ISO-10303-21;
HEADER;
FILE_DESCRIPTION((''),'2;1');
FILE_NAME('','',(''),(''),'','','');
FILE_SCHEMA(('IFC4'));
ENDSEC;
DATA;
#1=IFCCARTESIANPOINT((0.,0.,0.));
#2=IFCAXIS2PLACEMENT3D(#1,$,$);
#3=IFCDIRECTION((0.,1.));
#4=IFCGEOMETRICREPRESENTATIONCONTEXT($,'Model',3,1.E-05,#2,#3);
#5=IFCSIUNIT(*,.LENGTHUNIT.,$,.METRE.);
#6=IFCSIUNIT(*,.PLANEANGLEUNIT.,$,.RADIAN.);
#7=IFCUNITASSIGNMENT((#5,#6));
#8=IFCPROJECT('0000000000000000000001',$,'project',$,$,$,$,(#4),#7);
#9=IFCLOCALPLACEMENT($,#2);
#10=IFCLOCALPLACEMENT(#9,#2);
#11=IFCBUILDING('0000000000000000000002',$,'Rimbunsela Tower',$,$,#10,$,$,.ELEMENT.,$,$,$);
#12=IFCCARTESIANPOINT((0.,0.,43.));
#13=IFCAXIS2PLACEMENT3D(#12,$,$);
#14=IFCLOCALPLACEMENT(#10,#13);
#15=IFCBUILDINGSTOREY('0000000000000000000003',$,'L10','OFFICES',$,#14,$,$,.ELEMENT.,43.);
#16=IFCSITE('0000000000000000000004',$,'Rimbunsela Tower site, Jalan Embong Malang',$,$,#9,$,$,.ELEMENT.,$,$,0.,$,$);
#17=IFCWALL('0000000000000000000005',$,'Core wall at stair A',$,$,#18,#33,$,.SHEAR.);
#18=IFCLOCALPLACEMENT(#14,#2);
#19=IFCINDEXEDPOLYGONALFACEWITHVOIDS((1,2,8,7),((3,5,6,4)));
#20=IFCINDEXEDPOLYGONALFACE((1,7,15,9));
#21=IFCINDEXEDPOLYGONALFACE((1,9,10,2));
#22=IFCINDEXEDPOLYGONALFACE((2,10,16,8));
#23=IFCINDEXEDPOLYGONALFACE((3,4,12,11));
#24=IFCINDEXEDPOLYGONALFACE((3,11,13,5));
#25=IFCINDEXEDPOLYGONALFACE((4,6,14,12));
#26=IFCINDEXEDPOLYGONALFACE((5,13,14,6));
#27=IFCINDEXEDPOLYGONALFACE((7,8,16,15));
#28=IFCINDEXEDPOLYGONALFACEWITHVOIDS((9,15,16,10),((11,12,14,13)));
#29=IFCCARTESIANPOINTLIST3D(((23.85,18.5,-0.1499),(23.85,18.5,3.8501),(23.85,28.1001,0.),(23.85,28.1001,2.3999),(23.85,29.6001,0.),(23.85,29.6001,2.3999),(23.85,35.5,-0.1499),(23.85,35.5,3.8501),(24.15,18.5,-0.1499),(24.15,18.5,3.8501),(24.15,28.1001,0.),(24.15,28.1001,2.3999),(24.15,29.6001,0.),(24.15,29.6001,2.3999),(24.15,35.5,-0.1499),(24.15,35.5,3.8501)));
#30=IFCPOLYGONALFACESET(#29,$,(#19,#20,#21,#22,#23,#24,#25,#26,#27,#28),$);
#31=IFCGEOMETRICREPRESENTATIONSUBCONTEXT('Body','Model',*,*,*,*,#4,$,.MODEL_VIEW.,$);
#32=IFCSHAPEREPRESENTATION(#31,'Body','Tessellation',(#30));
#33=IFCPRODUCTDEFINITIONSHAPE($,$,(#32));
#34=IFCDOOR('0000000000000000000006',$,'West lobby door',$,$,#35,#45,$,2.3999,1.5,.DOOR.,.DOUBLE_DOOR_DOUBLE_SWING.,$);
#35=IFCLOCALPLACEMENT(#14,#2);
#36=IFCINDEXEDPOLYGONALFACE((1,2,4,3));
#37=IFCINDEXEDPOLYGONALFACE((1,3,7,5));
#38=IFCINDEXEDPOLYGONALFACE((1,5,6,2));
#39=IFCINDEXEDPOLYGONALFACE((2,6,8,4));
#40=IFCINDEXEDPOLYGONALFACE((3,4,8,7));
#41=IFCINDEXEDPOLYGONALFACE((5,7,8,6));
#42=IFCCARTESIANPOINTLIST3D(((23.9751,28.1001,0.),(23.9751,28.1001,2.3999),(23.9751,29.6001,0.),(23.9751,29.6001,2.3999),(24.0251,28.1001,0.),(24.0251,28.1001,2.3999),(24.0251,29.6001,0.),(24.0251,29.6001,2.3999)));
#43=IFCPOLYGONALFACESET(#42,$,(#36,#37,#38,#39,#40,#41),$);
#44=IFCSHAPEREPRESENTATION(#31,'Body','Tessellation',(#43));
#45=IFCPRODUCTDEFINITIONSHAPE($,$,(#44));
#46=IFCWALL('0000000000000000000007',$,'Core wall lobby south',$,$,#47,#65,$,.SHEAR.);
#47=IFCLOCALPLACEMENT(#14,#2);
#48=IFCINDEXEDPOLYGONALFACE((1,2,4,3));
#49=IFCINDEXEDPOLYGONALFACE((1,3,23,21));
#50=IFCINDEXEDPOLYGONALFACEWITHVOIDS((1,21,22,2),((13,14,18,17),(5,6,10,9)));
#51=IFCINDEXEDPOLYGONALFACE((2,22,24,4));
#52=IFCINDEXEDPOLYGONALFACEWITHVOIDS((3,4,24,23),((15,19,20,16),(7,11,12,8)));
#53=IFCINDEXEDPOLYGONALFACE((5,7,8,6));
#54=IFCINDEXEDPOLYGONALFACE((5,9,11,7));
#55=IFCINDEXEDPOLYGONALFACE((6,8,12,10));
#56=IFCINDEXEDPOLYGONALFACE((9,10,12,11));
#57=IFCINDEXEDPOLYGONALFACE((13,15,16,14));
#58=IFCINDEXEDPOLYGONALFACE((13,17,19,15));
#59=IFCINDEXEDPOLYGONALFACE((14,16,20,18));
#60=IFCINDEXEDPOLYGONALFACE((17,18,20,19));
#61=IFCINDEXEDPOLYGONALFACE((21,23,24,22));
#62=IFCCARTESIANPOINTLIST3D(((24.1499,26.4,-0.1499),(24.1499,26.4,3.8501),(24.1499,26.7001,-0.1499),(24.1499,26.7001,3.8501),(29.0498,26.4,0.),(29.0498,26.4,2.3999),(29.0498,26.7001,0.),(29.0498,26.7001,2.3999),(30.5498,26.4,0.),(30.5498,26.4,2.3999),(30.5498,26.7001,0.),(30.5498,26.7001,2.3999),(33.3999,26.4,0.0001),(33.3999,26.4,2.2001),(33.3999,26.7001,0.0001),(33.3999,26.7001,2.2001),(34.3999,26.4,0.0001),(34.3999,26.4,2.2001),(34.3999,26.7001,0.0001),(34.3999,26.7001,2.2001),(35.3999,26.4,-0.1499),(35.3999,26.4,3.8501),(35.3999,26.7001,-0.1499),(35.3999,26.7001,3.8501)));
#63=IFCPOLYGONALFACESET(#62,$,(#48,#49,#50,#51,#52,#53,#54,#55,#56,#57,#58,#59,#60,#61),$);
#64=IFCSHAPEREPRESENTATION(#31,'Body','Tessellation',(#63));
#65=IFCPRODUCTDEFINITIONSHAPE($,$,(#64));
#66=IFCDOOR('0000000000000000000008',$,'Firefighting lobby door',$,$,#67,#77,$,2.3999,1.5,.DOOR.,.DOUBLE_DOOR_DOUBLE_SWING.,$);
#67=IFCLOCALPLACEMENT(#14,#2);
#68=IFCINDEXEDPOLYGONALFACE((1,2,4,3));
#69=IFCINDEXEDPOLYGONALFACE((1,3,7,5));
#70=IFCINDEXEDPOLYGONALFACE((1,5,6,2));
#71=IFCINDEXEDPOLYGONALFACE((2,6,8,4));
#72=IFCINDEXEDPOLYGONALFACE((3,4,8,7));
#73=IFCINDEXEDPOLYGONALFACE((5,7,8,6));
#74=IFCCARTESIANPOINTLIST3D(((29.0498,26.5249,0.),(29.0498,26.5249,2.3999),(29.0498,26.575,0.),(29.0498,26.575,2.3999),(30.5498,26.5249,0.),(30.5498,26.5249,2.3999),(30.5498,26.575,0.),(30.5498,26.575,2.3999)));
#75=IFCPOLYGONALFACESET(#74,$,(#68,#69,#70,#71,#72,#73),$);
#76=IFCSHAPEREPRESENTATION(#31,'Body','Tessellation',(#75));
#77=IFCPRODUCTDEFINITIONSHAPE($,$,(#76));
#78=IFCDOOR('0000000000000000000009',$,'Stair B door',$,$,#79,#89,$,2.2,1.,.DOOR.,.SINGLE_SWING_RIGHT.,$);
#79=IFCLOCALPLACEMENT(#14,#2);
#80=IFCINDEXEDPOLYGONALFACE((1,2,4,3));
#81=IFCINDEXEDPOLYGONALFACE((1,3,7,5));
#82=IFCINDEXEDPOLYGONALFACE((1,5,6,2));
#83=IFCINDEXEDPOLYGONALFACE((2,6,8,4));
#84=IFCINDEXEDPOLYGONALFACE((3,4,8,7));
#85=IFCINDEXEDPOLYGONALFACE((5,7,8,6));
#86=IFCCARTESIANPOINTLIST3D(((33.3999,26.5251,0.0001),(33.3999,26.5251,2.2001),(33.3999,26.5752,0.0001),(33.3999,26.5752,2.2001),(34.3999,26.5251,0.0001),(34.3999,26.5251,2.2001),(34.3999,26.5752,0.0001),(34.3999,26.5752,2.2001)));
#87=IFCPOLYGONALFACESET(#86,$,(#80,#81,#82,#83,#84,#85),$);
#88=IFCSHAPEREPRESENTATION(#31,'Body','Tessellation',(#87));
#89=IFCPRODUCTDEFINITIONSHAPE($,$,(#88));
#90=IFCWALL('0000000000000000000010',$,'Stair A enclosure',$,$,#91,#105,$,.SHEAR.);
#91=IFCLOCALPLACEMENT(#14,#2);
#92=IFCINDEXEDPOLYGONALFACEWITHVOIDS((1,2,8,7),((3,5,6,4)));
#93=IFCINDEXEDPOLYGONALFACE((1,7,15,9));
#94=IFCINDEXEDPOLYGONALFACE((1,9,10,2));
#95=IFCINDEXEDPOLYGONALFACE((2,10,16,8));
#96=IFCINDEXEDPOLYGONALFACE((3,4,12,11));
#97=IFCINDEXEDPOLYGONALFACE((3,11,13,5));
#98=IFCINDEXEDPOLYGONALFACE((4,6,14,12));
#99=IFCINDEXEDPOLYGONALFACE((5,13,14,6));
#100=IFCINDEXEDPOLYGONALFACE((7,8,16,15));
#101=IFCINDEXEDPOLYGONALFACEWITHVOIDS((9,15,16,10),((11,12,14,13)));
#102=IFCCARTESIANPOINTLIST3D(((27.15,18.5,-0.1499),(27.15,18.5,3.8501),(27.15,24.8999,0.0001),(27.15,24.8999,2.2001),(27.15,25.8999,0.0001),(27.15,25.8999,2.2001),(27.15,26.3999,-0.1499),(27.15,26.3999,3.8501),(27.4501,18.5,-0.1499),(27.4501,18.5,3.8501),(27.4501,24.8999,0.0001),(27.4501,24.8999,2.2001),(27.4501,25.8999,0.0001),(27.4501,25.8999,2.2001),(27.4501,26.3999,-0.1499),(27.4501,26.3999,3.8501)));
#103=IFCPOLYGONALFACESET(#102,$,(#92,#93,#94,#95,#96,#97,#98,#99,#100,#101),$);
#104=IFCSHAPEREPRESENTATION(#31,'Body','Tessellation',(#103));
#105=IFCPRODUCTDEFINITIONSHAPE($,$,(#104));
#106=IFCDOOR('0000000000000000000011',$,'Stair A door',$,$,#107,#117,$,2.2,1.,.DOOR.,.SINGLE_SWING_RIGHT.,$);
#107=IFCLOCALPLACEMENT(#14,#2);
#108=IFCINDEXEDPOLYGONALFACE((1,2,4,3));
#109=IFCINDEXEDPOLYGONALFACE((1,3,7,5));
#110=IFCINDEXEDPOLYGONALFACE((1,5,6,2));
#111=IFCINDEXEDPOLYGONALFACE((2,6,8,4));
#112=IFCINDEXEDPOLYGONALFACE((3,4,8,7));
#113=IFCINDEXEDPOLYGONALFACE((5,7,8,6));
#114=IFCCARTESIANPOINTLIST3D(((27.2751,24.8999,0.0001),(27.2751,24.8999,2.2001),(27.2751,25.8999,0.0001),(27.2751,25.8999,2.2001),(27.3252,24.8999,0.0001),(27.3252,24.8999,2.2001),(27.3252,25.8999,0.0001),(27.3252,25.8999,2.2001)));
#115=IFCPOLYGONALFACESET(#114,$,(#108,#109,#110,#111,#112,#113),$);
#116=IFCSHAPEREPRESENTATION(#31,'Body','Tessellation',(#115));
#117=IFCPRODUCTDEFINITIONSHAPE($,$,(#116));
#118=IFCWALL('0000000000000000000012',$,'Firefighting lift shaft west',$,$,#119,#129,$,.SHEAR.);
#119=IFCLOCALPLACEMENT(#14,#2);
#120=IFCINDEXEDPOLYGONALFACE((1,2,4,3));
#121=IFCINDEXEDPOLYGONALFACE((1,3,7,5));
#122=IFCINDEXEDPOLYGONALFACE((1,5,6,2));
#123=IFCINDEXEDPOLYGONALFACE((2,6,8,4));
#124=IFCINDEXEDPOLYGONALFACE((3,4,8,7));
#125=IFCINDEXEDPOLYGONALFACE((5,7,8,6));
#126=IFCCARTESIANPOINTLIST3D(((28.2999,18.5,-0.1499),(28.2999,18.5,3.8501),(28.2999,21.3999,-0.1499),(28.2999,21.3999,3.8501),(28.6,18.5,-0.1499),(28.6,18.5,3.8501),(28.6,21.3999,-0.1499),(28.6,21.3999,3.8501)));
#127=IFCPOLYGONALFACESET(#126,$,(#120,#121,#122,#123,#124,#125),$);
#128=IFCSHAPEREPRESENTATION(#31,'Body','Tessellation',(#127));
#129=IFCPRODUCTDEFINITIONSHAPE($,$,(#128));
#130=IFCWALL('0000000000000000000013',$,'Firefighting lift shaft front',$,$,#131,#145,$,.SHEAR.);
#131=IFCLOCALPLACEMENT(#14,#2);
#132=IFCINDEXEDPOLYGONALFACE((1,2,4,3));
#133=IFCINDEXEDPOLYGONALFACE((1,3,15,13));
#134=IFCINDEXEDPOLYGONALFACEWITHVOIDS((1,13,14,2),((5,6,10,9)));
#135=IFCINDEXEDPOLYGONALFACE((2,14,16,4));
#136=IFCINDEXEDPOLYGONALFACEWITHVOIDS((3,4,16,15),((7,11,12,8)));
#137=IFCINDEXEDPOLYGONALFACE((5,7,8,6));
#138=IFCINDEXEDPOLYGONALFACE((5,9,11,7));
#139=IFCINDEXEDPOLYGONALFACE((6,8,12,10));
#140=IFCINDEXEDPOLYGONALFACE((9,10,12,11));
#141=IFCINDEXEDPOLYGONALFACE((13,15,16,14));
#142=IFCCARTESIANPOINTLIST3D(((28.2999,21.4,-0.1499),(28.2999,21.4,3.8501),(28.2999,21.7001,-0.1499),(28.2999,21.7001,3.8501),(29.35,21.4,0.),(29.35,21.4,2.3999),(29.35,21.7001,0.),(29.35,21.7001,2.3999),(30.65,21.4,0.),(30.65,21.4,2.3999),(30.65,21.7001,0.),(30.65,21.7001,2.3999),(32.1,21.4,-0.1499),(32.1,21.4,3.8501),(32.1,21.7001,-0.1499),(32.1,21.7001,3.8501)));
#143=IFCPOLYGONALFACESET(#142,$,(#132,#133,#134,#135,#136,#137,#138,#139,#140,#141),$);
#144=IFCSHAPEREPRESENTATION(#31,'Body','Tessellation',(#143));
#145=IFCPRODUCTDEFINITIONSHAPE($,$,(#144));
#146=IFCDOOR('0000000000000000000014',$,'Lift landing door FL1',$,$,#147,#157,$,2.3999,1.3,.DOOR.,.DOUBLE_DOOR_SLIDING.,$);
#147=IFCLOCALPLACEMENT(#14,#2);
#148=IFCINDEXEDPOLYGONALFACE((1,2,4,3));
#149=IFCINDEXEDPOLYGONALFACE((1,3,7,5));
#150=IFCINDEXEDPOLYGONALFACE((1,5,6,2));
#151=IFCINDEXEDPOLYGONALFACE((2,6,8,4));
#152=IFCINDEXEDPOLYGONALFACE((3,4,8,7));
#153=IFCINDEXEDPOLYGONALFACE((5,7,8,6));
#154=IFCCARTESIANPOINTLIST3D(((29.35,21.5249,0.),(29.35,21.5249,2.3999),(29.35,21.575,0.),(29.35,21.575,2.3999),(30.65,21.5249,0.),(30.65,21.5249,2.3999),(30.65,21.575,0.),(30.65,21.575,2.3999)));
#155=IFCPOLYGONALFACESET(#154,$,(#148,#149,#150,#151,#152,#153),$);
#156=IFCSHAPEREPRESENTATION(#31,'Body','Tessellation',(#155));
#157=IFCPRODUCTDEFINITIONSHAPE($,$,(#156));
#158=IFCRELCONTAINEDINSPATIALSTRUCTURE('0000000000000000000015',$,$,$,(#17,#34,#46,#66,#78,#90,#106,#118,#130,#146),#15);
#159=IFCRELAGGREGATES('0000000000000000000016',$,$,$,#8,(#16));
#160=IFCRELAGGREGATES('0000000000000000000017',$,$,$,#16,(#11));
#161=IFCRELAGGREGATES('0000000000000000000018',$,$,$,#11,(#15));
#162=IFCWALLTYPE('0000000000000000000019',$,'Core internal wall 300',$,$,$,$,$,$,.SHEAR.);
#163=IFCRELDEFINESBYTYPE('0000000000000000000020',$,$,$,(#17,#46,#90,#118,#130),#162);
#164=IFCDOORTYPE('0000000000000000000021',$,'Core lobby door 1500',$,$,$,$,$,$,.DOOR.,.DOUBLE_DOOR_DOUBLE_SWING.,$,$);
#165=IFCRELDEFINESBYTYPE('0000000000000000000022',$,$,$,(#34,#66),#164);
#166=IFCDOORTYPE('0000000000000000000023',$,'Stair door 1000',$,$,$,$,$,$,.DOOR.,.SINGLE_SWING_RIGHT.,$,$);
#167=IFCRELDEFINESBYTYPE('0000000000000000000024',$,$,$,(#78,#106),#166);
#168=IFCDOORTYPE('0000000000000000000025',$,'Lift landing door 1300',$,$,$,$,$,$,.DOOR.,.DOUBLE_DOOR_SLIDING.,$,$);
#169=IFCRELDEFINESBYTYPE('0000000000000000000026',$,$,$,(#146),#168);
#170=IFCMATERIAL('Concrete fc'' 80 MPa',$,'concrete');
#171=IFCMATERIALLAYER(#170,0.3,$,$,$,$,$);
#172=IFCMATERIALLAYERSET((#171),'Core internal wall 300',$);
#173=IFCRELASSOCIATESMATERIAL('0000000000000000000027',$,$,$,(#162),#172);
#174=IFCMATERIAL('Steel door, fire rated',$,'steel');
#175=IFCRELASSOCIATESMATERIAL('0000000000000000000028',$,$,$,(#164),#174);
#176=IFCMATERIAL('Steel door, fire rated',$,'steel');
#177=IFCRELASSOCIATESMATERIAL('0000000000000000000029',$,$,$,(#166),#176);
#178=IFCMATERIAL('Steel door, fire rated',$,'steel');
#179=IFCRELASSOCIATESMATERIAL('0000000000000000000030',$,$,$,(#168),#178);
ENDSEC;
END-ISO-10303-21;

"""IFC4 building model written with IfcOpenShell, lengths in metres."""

from ifc_helpers import new_model, si_unit, direction, frame, frame_2d, origin, place, context, subcontext, project, spatial, rectangle, extrude, material, layer, layer_set, type_object, element, fill, save


model = new_model("IFC4")

# Units and contexts
model_context = context("Model", 3, precision=1e-05, world=origin(), true_north=direction((0.0, 1.0)))
body_context = subcontext(model_context, "Body", "Model", "MODEL_VIEW")
ifc_project = project(units=[si_unit("LENGTHUNIT", "METRE"), si_unit("PLANEANGLEUNIT", "RADIAN")], contexts=[model_context])

# Site, building, storey
site_placement = place(None, origin())
site = spatial("IfcSite", under=ifc_project, at=site_placement, Name="Rimbunsela Tower site, Jalan Embong Malang", CompositionType="ELEMENT", RefElevation=0.0)
building_placement = place(site_placement, origin())
building = spatial("IfcBuilding", under=site, at=building_placement, Name="Rimbunsela Tower", CompositionType="ELEMENT")
storey_placement = place(building_placement, frame((0.0, 0.0, 43.0)))
storey = spatial("IfcBuildingStorey", under=building, at=storey_placement, Name="L10", Description="OFFICES", CompositionType="ELEMENT", Elevation=43.0)

# Wall, opening, door
ifc_material_1 = material(Name="Concrete fc' 80 MPa", Category="concrete")
ifc_layer_1 = layer(ifc_material_1, 0.3)
ifc_layer_set_1 = layer_set([ifc_layer_1], Name="Core internal wall 300")
wall_type_1 = type_object("IfcWallType", Name="Core internal wall 300", PredefinedType="SHEAR", material=ifc_layer_set_1)
wall_1_placement = place(storey_placement, frame((24.0, 18.5, -0.1499), z_axis=(0.0, 0.0, 1.0), x_axis=(0.0, 1.0, 0.0)))
wall_1 = element("IfcWall", 1, at=wall_1_placement, inside=storey, type_object=wall_type_1, Name="Core wall at stair A", PredefinedType="SHEAR", context=body_context, shape_type="SweptSolid", body=[
    extrude(rectangle(XDim=17.0, YDim=0.3, at=frame_2d((8.5, 0.0))), origin(), (0.0, 0.0, 1.0), 4.0),
])
opening_1_placement = place(wall_1_placement, frame((9.6001, 0.0, 0.1499)))
opening_1 = element("IfcOpeningElement", 2, at=opening_1_placement, cuts=wall_1, PredefinedType="OPENING", context=body_context, shape_type="SweptSolid", body=[
    extrude(rectangle(XDim=1.5, YDim=2.3999, at=frame_2d((0.75, 1.2))), frame((0.0, 0.1599, 0.0), z_axis=(0.0, -1.0, 0.0), x_axis=(1.0, 0.0, 0.0)), (0.0, 0.0, 1.0), 0.3201),
])
ifc_material_2 = material(Name="Steel door, fire rated", Category="steel")
door_type_1 = type_object("IfcDoorType", Name="Core lobby door 1500", OperationType="DOUBLE_DOOR_DOUBLE_SWING", PredefinedType="DOOR", material=ifc_material_2)
door_1_placement = place(opening_1_placement, origin())
door_1 = element("IfcDoor", 3, at=door_1_placement, inside=storey, type_object=door_type_1, Name="West lobby door", OperationType="DOUBLE_DOOR_DOUBLE_SWING", OverallHeight=2.3999, OverallWidth=1.5, PredefinedType="DOOR", context=body_context, shape_type="SweptSolid", body=[
    extrude(rectangle(XDim=1.5, YDim=2.3999, at=frame_2d((0.75, 1.2))), frame((0.0, 0.0249, 0.0), z_axis=(0.0, -1.0, 0.0), x_axis=(1.0, 0.0, 0.0)), (0.0, 0.0, 1.0), 0.05),
])
fill(opening_1, door_1)

# Wall, openings, doors
wall_2_placement = place(storey_placement, frame((24.1499, 26.55, -0.1499), z_axis=(0.0, 0.0, 1.0), x_axis=(1.0, 0.0, 0.0)))
wall_2 = element("IfcWall", 4, at=wall_2_placement, inside=storey, type_object=wall_type_1, Name="Core wall lobby south", PredefinedType="SHEAR", context=body_context, shape_type="SweptSolid", body=[
    extrude(rectangle(XDim=11.25, YDim=0.3, at=frame_2d((5.625, 0.0))), origin(), (0.0, 0.0, 1.0), 4.0),
])
opening_2_placement = place(wall_2_placement, frame((9.25, 0.0, 0.1499)))
opening_2 = element("IfcOpeningElement", 5, at=opening_2_placement, cuts=wall_2, PredefinedType="OPENING", context=body_context, shape_type="SweptSolid", body=[
    extrude(rectangle(XDim=1.0, YDim=2.2, at=frame_2d((0.5, 1.1001))), frame((0.0, 0.1599, 0.0), z_axis=(0.0, -1.0, 0.0), x_axis=(1.0, 0.0, 0.0)), (0.0, 0.0, 1.0), 0.3201),
])
opening_3_placement = place(wall_2_placement, frame((4.8999, 0.0, 0.1499)))
opening_3 = element("IfcOpeningElement", 6, at=opening_3_placement, cuts=wall_2, PredefinedType="OPENING", context=body_context, shape_type="SweptSolid", body=[
    extrude(rectangle(XDim=1.5, YDim=2.3999, at=frame_2d((0.75, 1.2))), frame((0.0, 0.1599, 0.0), z_axis=(0.0, -1.0, 0.0), x_axis=(1.0, 0.0, 0.0)), (0.0, 0.0, 1.0), 0.3201),
])
door_2_placement = place(opening_3_placement, origin())
door_2 = element("IfcDoor", 7, at=door_2_placement, inside=storey, type_object=door_type_1, Name="Firefighting lobby door", OperationType="DOUBLE_DOOR_DOUBLE_SWING", OverallHeight=2.3999, OverallWidth=1.5, PredefinedType="DOOR", context=body_context, shape_type="SweptSolid", body=[
    extrude(rectangle(XDim=1.5, YDim=2.3999, at=frame_2d((0.75, 1.2))), frame((0.0, 0.0249, 0.0), z_axis=(0.0, -1.0, 0.0), x_axis=(1.0, 0.0, 0.0)), (0.0, 0.0, 1.0), 0.05),
])
fill(opening_3, door_2)
ifc_material_3 = material(Name="Steel door, fire rated", Category="steel")
door_type_2 = type_object("IfcDoorType", Name="Stair door 1000", OperationType="SINGLE_SWING_RIGHT", PredefinedType="DOOR", material=ifc_material_3)
door_3_placement = place(opening_2_placement, frame((1.0, 0.0, 0.0), z_axis=(0.0, 0.0, 1.0), x_axis=(-1.0, 0.0, 0.0)))
door_3 = element("IfcDoor", 8, at=door_3_placement, inside=storey, type_object=door_type_2, Name="Stair B door", OperationType="SINGLE_SWING_RIGHT", OverallHeight=2.2, OverallWidth=1.0, PredefinedType="DOOR", context=body_context, shape_type="SweptSolid", body=[
    extrude(rectangle(XDim=1.0, YDim=2.2, at=frame_2d((0.5, 1.1001))), frame((0.0, 0.0249, 0.0), z_axis=(0.0, -1.0, 0.0), x_axis=(1.0, 0.0, 0.0)), (0.0, 0.0, 1.0), 0.05),
])
fill(opening_2, door_3)

# Wall, opening, door
wall_3_placement = place(storey_placement, frame((27.3, 18.5, -0.1499), z_axis=(0.0, 0.0, 1.0), x_axis=(0.0, 1.0, 0.0)))
wall_3 = element("IfcWall", 9, at=wall_3_placement, inside=storey, type_object=wall_type_1, Name="Stair A enclosure", PredefinedType="SHEAR", context=body_context, shape_type="SweptSolid", body=[
    extrude(rectangle(XDim=7.8999, YDim=0.3, at=frame_2d((3.95, 0.0))), origin(), (0.0, 0.0, 1.0), 4.0),
])
opening_4_placement = place(wall_3_placement, frame((6.3999, 0.0, 0.1499)))
opening_4 = element("IfcOpeningElement", 10, at=opening_4_placement, cuts=wall_3, PredefinedType="OPENING", context=body_context, shape_type="SweptSolid", body=[
    extrude(rectangle(XDim=1.0, YDim=2.2, at=frame_2d((0.5, 1.1001))), frame((0.0, 0.1599, 0.0), z_axis=(0.0, -1.0, 0.0), x_axis=(1.0, 0.0, 0.0)), (0.0, 0.0, 1.0), 0.3201),
])
door_4_placement = place(opening_4_placement, origin())
door_4 = element("IfcDoor", 11, at=door_4_placement, inside=storey, type_object=door_type_2, Name="Stair A door", OperationType="SINGLE_SWING_RIGHT", OverallHeight=2.2, OverallWidth=1.0, PredefinedType="DOOR", context=body_context, shape_type="SweptSolid", body=[
    extrude(rectangle(XDim=1.0, YDim=2.2, at=frame_2d((0.5, 1.1001))), frame((0.0, 0.0249, 0.0), z_axis=(0.0, -1.0, 0.0), x_axis=(1.0, 0.0, 0.0)), (0.0, 0.0, 1.0), 0.05),
])
fill(opening_4, door_4)

# Wall
wall_4_placement = place(storey_placement, frame((28.45, 18.5, -0.1499), z_axis=(0.0, 0.0, 1.0), x_axis=(0.0, 1.0, 0.0)))
element("IfcWall", 12, at=wall_4_placement, inside=storey, type_object=wall_type_1, Name="Firefighting lift shaft west", PredefinedType="SHEAR", context=body_context, shape_type="SweptSolid", body=[
    extrude(rectangle(XDim=2.8999, YDim=0.3, at=frame_2d((1.45, 0.0))), origin(), (0.0, 0.0, 1.0), 4.0),
])

# Wall, opening, door
wall_5_placement = place(storey_placement, frame((28.3, 21.55, -0.1499), z_axis=(0.0, 0.0, 1.0), x_axis=(1.0, 0.0, 0.0)))
wall_5 = element("IfcWall", 13, at=wall_5_placement, inside=storey, type_object=wall_type_1, Name="Firefighting lift shaft front", PredefinedType="SHEAR", context=body_context, shape_type="SweptSolid", body=[
    extrude(rectangle(XDim=3.8, YDim=0.3, at=frame_2d((1.8999, 0.0))), origin(), (0.0, 0.0, 1.0), 4.0),
])
opening_5_placement = place(wall_5_placement, frame((1.05, 0.0, 0.1499)))
opening_5 = element("IfcOpeningElement", 14, at=opening_5_placement, cuts=wall_5, PredefinedType="OPENING", context=body_context, shape_type="SweptSolid", body=[
    extrude(rectangle(XDim=1.3, YDim=2.3999, at=frame_2d((0.6499, 1.2))), frame((0.0, 0.1599, 0.0), z_axis=(0.0, -1.0, 0.0), x_axis=(1.0, 0.0, 0.0)), (0.0, 0.0, 1.0), 0.3201),
])
ifc_material_4 = material(Name="Steel door, fire rated", Category="steel")
door_type_3 = type_object("IfcDoorType", Name="Lift landing door 1300", OperationType="DOUBLE_DOOR_SLIDING", PredefinedType="DOOR", material=ifc_material_4)
door_5_placement = place(opening_5_placement, origin())
door_5 = element("IfcDoor", 15, at=door_5_placement, inside=storey, type_object=door_type_3, Name="Lift landing door FL1", OperationType="DOUBLE_DOOR_SLIDING", OverallHeight=2.3999, OverallWidth=1.3, PredefinedType="DOOR", context=body_context, shape_type="SweptSolid", body=[
    extrude(rectangle(XDim=1.3, YDim=2.3999, at=frame_2d((0.6499, 1.2))), frame((0.0, 0.0249, 0.0), z_axis=(0.0, -1.0, 0.0), x_axis=(1.0, 0.0, 0.0)), (0.0, 0.0, 1.0), 0.05),
])
fill(opening_5, door_5)

save(model, "model.ifc")
